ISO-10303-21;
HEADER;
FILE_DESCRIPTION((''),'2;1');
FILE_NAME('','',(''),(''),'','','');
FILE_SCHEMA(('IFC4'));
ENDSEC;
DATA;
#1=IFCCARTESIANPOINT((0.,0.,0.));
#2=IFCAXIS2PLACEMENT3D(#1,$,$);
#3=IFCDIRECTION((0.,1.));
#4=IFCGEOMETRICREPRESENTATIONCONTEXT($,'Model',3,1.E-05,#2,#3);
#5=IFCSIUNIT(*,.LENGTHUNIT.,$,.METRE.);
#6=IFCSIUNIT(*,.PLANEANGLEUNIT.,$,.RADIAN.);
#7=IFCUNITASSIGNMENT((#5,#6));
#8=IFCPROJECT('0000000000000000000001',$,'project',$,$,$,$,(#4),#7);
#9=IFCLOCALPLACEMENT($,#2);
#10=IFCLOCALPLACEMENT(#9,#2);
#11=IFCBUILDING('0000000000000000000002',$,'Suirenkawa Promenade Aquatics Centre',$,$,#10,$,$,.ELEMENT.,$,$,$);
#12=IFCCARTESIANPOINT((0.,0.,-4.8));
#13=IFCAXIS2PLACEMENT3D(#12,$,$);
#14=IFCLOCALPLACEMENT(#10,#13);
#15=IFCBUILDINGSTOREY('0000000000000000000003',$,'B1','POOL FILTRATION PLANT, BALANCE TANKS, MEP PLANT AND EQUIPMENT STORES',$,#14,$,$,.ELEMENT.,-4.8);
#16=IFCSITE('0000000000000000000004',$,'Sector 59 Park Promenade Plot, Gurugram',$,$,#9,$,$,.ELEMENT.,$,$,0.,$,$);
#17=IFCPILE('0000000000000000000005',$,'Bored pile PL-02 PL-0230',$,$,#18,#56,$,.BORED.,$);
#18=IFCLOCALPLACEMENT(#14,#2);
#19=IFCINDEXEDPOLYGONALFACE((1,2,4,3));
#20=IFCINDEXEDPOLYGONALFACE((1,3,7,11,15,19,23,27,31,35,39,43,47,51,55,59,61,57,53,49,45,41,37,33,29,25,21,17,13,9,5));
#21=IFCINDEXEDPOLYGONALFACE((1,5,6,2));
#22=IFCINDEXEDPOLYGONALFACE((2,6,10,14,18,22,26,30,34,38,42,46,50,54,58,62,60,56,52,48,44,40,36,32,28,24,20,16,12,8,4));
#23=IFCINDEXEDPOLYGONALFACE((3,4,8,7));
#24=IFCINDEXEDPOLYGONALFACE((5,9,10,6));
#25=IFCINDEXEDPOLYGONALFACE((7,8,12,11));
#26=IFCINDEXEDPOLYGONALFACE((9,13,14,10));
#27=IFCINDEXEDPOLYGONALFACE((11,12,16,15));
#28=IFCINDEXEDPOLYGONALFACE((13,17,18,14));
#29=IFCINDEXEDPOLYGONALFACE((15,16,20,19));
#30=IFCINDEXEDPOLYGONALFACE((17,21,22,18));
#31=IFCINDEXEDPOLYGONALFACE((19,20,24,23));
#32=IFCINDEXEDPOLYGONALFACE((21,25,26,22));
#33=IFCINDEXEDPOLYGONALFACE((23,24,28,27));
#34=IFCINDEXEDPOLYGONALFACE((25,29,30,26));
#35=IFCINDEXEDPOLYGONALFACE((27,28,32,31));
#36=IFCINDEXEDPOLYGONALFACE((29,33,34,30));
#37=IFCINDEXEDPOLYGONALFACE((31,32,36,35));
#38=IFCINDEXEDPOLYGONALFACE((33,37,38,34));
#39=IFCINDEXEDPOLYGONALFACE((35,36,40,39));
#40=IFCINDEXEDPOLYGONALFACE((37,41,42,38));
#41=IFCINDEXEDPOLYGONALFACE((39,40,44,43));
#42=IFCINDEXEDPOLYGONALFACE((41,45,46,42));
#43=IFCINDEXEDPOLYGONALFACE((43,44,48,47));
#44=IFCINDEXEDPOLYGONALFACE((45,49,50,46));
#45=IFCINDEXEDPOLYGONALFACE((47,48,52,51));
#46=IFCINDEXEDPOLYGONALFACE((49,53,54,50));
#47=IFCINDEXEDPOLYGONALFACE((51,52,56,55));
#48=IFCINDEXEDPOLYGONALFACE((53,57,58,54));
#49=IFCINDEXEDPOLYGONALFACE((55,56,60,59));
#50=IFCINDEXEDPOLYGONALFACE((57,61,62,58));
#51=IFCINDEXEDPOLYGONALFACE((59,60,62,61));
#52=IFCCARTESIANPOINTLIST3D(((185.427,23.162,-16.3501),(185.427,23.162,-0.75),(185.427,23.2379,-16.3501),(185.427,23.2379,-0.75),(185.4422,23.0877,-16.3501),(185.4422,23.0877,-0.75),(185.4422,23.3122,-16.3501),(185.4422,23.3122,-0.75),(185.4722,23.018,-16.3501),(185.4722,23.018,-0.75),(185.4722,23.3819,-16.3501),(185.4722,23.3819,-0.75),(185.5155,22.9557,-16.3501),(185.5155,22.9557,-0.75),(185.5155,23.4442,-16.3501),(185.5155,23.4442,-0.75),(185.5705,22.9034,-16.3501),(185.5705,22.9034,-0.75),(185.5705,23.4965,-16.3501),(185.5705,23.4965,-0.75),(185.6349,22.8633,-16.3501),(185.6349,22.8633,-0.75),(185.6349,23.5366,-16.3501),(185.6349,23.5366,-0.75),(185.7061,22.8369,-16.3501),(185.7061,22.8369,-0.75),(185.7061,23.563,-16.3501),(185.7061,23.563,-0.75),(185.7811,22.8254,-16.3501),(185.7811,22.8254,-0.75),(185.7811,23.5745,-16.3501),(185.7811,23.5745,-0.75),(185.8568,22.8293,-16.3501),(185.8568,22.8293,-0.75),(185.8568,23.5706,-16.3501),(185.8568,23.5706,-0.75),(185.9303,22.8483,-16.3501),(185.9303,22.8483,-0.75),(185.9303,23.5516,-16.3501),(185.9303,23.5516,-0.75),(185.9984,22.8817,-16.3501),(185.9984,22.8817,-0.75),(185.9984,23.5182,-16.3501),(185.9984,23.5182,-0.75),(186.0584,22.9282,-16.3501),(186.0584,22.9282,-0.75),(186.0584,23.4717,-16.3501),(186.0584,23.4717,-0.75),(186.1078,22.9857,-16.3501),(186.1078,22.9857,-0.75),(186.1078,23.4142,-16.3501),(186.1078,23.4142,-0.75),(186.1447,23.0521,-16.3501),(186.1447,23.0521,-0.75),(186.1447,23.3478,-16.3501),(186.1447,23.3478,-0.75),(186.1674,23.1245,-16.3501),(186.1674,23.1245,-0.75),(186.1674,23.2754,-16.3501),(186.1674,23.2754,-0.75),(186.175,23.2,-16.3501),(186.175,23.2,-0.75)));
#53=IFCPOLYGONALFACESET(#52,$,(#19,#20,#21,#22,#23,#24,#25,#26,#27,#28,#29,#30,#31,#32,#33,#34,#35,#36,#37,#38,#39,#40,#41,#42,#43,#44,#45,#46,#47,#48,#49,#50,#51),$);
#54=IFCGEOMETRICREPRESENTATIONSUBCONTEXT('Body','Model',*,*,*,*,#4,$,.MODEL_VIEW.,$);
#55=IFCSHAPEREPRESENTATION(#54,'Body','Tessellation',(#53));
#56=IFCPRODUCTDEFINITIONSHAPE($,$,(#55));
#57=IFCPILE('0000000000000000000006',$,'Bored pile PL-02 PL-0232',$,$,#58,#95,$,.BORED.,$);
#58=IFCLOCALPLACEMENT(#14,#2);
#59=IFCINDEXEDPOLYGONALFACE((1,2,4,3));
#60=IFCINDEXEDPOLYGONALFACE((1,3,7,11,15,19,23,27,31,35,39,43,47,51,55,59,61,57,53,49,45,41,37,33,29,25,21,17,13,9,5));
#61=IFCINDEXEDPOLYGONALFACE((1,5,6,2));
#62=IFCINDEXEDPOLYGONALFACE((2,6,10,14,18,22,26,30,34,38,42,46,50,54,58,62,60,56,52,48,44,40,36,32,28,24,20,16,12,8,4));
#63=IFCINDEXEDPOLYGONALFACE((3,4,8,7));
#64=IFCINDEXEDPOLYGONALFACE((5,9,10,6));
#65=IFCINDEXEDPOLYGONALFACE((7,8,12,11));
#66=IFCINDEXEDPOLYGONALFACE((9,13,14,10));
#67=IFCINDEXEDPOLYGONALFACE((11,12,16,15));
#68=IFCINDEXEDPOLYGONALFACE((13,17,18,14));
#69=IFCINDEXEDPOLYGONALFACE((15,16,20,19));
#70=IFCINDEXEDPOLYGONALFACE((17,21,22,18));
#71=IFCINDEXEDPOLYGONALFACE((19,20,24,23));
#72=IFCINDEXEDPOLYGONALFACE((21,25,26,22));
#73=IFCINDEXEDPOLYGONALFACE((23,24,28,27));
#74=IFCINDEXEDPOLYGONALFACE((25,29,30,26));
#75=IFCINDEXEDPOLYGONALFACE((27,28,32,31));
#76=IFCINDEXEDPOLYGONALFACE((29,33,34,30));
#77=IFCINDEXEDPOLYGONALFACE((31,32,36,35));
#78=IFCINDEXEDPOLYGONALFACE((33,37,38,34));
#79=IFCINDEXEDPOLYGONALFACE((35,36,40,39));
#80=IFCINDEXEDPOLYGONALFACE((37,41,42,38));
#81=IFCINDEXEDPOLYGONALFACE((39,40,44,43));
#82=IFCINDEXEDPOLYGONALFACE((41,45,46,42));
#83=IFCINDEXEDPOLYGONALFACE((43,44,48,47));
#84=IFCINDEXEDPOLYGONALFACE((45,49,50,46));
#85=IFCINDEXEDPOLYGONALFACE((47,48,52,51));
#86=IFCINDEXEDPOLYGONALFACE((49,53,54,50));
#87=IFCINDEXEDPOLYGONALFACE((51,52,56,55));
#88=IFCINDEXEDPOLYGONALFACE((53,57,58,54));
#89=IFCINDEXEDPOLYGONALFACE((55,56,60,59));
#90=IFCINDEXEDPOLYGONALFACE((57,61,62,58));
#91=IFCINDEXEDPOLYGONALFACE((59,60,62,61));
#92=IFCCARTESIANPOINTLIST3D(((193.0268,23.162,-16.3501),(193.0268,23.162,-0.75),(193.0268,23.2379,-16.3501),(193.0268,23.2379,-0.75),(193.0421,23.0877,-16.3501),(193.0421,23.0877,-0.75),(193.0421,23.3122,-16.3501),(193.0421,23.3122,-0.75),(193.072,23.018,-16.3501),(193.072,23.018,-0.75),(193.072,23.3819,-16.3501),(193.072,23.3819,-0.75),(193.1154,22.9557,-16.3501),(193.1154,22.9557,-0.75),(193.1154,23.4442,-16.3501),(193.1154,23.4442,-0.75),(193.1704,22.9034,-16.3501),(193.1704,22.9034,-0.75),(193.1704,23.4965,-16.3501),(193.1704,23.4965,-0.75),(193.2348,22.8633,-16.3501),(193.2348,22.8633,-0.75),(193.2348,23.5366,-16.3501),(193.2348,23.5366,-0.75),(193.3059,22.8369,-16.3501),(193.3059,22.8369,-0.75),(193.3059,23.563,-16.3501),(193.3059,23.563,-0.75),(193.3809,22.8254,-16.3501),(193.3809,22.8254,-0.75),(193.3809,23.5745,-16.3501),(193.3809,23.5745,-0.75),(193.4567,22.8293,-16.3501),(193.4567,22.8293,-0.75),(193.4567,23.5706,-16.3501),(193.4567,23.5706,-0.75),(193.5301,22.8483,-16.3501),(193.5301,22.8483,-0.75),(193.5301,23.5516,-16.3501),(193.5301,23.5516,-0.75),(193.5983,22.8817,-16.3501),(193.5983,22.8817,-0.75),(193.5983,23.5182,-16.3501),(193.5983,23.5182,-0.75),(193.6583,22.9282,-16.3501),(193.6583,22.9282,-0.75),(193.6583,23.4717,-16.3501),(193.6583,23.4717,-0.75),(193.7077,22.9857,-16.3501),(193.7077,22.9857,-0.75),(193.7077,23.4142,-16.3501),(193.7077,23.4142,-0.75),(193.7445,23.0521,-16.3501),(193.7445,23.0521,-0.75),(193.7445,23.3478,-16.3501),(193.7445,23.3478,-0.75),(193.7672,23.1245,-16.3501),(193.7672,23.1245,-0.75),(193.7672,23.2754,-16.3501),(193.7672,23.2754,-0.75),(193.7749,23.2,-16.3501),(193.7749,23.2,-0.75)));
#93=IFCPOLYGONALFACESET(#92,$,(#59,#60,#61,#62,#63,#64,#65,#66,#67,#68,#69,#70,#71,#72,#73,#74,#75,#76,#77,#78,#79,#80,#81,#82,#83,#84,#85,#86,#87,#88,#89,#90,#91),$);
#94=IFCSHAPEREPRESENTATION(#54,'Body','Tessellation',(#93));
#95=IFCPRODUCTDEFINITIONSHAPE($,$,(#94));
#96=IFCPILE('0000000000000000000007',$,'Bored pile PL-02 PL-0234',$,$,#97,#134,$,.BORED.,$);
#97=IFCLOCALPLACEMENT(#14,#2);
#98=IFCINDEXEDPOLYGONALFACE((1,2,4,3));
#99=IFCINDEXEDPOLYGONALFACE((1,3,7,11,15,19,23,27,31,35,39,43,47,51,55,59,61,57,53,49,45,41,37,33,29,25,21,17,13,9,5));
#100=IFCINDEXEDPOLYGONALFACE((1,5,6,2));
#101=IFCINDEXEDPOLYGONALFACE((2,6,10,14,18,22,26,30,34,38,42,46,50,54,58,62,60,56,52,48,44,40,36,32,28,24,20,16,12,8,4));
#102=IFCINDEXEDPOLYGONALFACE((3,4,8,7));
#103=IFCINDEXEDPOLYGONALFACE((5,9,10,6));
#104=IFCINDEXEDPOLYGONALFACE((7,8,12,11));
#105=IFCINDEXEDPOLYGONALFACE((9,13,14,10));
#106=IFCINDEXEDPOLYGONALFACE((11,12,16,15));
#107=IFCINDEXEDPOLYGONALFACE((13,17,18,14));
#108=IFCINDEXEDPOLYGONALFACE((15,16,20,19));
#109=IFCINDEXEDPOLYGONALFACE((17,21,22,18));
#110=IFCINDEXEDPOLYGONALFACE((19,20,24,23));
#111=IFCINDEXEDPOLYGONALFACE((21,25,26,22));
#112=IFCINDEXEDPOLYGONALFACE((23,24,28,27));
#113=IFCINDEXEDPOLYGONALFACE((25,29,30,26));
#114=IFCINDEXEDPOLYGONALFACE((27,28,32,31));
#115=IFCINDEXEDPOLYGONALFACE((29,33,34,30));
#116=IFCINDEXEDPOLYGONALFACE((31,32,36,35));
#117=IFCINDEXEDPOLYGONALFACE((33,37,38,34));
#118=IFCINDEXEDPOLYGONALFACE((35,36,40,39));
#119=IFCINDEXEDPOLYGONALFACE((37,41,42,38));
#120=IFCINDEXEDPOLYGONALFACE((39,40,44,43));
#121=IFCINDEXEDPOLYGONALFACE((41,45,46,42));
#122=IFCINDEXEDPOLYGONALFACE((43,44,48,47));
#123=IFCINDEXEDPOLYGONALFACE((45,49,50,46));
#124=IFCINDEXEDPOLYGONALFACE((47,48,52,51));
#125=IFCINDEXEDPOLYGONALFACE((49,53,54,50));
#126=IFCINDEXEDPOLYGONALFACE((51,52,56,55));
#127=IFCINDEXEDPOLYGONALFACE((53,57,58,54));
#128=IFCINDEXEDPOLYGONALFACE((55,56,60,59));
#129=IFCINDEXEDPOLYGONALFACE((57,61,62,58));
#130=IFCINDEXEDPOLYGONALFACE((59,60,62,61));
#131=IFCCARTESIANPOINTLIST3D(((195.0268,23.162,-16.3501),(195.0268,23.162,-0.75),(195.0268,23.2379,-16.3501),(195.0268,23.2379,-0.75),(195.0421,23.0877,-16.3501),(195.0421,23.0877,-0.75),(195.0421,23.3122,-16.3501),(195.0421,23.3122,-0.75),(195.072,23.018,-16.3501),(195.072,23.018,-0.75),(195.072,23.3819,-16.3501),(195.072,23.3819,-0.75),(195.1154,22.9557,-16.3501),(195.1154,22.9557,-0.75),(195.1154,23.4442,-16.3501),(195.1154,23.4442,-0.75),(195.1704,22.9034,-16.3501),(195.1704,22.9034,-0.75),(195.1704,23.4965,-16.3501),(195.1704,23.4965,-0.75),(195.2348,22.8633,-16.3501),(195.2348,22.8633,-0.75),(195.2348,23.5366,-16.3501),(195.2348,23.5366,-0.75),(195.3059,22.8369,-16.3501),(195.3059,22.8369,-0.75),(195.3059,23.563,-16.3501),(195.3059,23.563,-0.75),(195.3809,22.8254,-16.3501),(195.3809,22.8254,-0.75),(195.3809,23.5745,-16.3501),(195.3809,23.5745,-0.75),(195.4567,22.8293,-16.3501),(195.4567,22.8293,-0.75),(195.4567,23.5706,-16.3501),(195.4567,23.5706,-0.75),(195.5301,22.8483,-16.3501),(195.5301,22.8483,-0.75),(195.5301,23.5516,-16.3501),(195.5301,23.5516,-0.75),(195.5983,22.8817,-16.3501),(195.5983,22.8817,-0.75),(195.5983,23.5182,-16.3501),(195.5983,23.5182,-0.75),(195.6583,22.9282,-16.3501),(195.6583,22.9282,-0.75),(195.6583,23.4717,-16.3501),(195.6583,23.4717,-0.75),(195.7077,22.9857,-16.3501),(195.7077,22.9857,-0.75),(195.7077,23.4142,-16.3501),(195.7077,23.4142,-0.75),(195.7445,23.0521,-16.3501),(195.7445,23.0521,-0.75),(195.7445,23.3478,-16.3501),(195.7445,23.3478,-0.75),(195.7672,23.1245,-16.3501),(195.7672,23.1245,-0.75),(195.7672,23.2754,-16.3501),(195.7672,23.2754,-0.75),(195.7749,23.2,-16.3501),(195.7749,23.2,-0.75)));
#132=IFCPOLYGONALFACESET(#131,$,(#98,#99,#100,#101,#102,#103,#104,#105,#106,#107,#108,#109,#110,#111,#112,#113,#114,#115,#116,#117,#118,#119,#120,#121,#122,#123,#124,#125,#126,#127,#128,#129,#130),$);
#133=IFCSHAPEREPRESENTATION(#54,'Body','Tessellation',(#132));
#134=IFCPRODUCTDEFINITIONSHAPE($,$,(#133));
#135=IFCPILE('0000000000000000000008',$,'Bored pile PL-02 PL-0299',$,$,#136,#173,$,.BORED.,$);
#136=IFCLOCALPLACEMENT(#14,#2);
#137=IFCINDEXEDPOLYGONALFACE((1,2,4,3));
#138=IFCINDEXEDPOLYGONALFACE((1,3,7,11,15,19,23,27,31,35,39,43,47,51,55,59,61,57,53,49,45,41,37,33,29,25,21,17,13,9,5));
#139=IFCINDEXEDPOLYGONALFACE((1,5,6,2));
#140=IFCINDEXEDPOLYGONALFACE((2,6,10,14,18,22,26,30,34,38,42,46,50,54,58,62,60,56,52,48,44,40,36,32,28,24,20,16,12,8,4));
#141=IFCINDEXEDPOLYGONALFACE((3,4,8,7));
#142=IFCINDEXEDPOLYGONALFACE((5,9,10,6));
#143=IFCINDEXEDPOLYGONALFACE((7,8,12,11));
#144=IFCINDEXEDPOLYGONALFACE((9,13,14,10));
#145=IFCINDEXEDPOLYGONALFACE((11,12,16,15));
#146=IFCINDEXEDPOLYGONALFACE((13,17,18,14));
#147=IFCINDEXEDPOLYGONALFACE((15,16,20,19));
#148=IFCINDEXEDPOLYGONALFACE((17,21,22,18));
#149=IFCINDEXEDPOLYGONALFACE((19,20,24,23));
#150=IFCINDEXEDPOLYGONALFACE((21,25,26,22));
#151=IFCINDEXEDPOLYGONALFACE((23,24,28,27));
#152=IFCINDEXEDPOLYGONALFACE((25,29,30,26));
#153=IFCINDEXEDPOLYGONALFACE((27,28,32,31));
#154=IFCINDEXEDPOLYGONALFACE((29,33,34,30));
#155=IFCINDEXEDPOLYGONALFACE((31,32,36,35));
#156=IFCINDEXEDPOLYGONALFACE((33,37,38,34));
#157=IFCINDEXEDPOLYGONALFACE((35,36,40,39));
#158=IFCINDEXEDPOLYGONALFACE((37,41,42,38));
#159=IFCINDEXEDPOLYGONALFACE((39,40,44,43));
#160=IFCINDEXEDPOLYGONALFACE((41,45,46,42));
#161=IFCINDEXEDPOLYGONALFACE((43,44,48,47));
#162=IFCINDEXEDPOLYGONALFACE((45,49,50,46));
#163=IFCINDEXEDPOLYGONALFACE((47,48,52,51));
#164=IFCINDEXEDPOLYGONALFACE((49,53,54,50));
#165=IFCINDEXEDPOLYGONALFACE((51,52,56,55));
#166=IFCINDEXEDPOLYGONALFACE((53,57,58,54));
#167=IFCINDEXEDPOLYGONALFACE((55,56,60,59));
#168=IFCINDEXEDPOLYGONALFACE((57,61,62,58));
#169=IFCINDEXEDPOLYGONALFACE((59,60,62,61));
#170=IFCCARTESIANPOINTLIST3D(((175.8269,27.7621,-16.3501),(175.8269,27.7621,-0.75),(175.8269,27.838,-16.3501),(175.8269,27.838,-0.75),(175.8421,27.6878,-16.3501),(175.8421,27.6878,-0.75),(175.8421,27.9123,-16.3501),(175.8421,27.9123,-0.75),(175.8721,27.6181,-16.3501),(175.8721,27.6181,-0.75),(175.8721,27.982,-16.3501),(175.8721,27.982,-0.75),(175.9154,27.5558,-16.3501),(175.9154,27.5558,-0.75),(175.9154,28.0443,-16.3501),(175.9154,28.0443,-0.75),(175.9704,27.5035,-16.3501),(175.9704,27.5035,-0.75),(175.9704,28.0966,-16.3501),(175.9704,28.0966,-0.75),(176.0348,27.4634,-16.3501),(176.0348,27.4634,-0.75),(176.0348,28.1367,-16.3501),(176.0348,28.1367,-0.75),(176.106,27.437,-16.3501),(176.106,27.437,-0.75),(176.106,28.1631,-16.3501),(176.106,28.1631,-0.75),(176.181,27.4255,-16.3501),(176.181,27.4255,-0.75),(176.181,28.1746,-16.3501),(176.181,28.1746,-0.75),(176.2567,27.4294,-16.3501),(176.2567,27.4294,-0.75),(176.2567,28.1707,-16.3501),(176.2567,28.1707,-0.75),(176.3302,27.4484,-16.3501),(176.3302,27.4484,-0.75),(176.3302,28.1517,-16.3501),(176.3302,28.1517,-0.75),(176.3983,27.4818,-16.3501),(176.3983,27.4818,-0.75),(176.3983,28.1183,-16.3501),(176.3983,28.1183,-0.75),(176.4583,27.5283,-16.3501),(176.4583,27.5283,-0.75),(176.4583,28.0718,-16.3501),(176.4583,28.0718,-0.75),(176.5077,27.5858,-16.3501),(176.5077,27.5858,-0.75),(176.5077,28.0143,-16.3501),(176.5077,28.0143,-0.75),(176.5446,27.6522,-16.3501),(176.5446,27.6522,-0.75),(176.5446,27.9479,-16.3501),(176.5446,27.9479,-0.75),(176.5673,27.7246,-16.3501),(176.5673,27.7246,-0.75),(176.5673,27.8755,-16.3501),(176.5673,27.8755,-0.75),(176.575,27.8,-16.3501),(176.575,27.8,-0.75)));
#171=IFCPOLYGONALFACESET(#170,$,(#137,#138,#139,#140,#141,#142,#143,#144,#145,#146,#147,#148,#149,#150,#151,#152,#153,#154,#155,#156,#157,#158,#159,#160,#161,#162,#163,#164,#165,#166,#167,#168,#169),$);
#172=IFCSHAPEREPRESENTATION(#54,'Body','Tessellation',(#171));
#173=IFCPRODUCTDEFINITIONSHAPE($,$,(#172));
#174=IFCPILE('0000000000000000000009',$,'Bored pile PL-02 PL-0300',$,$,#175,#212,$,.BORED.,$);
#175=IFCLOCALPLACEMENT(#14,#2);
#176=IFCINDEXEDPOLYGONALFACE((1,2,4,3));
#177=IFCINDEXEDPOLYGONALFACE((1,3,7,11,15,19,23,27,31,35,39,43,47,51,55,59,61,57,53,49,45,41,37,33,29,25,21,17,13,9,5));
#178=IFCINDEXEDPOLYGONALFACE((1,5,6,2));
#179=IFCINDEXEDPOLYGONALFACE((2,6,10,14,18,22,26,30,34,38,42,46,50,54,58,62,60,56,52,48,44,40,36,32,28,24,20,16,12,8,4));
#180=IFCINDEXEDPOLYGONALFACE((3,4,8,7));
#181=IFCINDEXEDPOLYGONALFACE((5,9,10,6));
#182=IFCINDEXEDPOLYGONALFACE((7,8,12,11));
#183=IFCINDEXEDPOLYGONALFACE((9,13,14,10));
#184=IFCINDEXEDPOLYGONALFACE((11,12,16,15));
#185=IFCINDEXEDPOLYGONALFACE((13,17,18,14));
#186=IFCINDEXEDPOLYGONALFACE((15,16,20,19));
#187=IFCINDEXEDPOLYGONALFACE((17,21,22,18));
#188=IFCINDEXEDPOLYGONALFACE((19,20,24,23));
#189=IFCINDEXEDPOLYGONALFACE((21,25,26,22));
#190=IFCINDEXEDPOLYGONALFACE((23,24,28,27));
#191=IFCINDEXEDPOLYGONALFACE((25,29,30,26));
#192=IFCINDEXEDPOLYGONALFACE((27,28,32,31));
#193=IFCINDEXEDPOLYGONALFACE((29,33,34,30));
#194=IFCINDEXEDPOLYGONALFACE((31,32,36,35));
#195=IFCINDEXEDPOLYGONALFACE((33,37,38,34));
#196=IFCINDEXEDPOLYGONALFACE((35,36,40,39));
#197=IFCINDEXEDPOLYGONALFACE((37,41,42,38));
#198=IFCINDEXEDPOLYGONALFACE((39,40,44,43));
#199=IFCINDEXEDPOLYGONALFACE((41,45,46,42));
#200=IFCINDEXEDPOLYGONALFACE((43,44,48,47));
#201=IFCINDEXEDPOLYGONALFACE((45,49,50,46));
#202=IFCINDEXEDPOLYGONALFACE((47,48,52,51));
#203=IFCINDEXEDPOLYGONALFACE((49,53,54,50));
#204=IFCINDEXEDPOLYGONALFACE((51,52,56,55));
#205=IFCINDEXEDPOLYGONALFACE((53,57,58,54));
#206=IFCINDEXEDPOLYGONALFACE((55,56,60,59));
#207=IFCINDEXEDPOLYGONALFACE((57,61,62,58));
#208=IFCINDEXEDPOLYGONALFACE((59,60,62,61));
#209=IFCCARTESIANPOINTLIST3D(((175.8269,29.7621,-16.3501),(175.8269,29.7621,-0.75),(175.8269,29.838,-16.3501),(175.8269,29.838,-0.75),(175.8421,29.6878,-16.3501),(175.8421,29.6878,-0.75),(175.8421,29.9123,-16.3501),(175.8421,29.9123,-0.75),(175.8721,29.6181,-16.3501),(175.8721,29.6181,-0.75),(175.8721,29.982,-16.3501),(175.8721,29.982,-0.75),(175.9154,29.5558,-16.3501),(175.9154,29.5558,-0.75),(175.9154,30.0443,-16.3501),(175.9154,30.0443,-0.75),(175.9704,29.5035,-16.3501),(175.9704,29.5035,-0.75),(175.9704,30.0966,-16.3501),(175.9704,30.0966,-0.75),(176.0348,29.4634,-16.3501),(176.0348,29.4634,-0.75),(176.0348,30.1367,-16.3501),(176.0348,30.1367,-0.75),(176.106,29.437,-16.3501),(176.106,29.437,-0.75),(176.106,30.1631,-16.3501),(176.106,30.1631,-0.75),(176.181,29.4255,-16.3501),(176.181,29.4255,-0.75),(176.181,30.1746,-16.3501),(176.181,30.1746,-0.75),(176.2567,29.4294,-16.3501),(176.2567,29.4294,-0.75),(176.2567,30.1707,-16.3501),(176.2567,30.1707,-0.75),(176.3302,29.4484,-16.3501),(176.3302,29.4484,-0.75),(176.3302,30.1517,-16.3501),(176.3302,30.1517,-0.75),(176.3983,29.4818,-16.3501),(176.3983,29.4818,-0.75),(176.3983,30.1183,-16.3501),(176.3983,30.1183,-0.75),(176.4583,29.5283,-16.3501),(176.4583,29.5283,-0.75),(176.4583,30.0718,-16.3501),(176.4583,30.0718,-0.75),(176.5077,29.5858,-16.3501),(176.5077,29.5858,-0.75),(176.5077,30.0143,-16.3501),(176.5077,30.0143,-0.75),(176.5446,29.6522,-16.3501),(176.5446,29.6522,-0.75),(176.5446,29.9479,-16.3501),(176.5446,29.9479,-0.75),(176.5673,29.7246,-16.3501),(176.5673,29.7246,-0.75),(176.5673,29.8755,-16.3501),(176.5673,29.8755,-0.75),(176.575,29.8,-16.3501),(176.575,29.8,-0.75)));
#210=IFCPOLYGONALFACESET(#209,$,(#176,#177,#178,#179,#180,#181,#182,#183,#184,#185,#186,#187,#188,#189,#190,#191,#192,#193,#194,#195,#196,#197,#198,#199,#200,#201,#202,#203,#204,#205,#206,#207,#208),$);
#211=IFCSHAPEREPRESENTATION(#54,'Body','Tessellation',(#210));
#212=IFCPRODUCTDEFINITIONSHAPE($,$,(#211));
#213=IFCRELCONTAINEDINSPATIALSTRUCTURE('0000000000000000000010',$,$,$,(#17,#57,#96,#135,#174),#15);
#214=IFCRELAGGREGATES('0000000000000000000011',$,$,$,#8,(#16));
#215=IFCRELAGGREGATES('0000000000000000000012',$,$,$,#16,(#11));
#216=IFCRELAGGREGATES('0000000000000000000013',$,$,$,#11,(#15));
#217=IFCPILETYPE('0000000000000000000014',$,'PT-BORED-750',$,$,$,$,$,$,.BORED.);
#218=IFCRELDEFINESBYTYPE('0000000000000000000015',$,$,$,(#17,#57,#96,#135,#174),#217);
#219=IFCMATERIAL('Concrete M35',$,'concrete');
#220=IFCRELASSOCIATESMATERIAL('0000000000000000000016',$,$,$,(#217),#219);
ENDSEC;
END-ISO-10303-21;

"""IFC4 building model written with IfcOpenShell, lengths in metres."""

from ifc_helpers import new_model, si_unit, direction, frame, origin, origin_2d, place, context, subcontext, project, spatial, circle, extrude, material, material_profile, profile_set, type_object, element, save


model = new_model("IFC4")

# Units and contexts
model_context = context("Model", 3, precision=1e-05, world=origin(), true_north=direction((0.0, 1.0)))
body_context = subcontext(model_context, "Body", "Model", "MODEL_VIEW")
ifc_project = project(units=[si_unit("LENGTHUNIT", "METRE"), si_unit("PLANEANGLEUNIT", "RADIAN")], contexts=[model_context])

# Site, building, storey
site_placement = place(None, origin())
site = spatial("IfcSite", under=ifc_project, at=site_placement, Name="Sector 59 Park Promenade Plot, Gurugram", CompositionType="ELEMENT", RefElevation=0.0)
building_placement = place(site_placement, origin())
building = spatial("IfcBuilding", under=site, at=building_placement, Name="Suirenkawa Promenade Aquatics Centre", CompositionType="ELEMENT")
storey_placement = place(building_placement, frame((0.0, 0.0, -4.8)))
storey = spatial("IfcBuildingStorey", under=building, at=storey_placement, Name="B1", Description="POOL FILTRATION PLANT, BALANCE TANKS, MEP PLANT AND EQUIPMENT STORES", CompositionType="ELEMENT", Elevation=-4.8)

# Shared definitions
ifc_material_1 = material(Name="Concrete M35", Category="concrete")

# Piles
ifc_material_profile_1 = material_profile(ifc_material_1, circle(Radius=0.375, at=origin_2d()), Name="PILE D750", Category="concrete")
ifc_profile_set_1 = profile_set([ifc_material_profile_1], Name="Concrete M35")
pile_type_1 = type_object("IfcPileType", Name="PT-BORED-750", PredefinedType="BORED", material=ifc_profile_set_1)
for number, where, z_axis, x_axis, name in (
    (1, (185.8, 23.2, -0.75), (0.0, 0.0, -1.0), (1.0, 0.0, 0.0), "Bored pile PL-02 PL-0230"),
    (2, (193.3999, 23.2, -0.75), (0.0, 0.0, -1.0), (1.0, 0.0, 0.0), "Bored pile PL-02 PL-0232"),
    (3, (195.3999, 23.2, -0.75), (0.0, 0.0, -1.0), (1.0, 0.0, 0.0), "Bored pile PL-02 PL-0234"),
    (4, (176.2, 27.8, -0.75), (0.0, 0.0, -1.0), (1.0, 0.0, 0.0), "Bored pile PL-02 PL-0299"),
    (5, (176.2, 29.8, -0.75), (0.0, 0.0, -1.0), (1.0, 0.0, 0.0), "Bored pile PL-02 PL-0300"),
):
    element("IfcPile", number, at=place(storey_placement, frame(where, z_axis=z_axis, x_axis=x_axis)), inside=storey, type_object=pile_type_1, Name=name, PredefinedType="BORED", context=body_context, shape_type="SweptSolid", body=[
        extrude(circle(Radius=0.375, at=origin_2d()), origin(), (0.0, 0.0, 1.0), 15.6001),
    ])

save(model, "model.ifc")
